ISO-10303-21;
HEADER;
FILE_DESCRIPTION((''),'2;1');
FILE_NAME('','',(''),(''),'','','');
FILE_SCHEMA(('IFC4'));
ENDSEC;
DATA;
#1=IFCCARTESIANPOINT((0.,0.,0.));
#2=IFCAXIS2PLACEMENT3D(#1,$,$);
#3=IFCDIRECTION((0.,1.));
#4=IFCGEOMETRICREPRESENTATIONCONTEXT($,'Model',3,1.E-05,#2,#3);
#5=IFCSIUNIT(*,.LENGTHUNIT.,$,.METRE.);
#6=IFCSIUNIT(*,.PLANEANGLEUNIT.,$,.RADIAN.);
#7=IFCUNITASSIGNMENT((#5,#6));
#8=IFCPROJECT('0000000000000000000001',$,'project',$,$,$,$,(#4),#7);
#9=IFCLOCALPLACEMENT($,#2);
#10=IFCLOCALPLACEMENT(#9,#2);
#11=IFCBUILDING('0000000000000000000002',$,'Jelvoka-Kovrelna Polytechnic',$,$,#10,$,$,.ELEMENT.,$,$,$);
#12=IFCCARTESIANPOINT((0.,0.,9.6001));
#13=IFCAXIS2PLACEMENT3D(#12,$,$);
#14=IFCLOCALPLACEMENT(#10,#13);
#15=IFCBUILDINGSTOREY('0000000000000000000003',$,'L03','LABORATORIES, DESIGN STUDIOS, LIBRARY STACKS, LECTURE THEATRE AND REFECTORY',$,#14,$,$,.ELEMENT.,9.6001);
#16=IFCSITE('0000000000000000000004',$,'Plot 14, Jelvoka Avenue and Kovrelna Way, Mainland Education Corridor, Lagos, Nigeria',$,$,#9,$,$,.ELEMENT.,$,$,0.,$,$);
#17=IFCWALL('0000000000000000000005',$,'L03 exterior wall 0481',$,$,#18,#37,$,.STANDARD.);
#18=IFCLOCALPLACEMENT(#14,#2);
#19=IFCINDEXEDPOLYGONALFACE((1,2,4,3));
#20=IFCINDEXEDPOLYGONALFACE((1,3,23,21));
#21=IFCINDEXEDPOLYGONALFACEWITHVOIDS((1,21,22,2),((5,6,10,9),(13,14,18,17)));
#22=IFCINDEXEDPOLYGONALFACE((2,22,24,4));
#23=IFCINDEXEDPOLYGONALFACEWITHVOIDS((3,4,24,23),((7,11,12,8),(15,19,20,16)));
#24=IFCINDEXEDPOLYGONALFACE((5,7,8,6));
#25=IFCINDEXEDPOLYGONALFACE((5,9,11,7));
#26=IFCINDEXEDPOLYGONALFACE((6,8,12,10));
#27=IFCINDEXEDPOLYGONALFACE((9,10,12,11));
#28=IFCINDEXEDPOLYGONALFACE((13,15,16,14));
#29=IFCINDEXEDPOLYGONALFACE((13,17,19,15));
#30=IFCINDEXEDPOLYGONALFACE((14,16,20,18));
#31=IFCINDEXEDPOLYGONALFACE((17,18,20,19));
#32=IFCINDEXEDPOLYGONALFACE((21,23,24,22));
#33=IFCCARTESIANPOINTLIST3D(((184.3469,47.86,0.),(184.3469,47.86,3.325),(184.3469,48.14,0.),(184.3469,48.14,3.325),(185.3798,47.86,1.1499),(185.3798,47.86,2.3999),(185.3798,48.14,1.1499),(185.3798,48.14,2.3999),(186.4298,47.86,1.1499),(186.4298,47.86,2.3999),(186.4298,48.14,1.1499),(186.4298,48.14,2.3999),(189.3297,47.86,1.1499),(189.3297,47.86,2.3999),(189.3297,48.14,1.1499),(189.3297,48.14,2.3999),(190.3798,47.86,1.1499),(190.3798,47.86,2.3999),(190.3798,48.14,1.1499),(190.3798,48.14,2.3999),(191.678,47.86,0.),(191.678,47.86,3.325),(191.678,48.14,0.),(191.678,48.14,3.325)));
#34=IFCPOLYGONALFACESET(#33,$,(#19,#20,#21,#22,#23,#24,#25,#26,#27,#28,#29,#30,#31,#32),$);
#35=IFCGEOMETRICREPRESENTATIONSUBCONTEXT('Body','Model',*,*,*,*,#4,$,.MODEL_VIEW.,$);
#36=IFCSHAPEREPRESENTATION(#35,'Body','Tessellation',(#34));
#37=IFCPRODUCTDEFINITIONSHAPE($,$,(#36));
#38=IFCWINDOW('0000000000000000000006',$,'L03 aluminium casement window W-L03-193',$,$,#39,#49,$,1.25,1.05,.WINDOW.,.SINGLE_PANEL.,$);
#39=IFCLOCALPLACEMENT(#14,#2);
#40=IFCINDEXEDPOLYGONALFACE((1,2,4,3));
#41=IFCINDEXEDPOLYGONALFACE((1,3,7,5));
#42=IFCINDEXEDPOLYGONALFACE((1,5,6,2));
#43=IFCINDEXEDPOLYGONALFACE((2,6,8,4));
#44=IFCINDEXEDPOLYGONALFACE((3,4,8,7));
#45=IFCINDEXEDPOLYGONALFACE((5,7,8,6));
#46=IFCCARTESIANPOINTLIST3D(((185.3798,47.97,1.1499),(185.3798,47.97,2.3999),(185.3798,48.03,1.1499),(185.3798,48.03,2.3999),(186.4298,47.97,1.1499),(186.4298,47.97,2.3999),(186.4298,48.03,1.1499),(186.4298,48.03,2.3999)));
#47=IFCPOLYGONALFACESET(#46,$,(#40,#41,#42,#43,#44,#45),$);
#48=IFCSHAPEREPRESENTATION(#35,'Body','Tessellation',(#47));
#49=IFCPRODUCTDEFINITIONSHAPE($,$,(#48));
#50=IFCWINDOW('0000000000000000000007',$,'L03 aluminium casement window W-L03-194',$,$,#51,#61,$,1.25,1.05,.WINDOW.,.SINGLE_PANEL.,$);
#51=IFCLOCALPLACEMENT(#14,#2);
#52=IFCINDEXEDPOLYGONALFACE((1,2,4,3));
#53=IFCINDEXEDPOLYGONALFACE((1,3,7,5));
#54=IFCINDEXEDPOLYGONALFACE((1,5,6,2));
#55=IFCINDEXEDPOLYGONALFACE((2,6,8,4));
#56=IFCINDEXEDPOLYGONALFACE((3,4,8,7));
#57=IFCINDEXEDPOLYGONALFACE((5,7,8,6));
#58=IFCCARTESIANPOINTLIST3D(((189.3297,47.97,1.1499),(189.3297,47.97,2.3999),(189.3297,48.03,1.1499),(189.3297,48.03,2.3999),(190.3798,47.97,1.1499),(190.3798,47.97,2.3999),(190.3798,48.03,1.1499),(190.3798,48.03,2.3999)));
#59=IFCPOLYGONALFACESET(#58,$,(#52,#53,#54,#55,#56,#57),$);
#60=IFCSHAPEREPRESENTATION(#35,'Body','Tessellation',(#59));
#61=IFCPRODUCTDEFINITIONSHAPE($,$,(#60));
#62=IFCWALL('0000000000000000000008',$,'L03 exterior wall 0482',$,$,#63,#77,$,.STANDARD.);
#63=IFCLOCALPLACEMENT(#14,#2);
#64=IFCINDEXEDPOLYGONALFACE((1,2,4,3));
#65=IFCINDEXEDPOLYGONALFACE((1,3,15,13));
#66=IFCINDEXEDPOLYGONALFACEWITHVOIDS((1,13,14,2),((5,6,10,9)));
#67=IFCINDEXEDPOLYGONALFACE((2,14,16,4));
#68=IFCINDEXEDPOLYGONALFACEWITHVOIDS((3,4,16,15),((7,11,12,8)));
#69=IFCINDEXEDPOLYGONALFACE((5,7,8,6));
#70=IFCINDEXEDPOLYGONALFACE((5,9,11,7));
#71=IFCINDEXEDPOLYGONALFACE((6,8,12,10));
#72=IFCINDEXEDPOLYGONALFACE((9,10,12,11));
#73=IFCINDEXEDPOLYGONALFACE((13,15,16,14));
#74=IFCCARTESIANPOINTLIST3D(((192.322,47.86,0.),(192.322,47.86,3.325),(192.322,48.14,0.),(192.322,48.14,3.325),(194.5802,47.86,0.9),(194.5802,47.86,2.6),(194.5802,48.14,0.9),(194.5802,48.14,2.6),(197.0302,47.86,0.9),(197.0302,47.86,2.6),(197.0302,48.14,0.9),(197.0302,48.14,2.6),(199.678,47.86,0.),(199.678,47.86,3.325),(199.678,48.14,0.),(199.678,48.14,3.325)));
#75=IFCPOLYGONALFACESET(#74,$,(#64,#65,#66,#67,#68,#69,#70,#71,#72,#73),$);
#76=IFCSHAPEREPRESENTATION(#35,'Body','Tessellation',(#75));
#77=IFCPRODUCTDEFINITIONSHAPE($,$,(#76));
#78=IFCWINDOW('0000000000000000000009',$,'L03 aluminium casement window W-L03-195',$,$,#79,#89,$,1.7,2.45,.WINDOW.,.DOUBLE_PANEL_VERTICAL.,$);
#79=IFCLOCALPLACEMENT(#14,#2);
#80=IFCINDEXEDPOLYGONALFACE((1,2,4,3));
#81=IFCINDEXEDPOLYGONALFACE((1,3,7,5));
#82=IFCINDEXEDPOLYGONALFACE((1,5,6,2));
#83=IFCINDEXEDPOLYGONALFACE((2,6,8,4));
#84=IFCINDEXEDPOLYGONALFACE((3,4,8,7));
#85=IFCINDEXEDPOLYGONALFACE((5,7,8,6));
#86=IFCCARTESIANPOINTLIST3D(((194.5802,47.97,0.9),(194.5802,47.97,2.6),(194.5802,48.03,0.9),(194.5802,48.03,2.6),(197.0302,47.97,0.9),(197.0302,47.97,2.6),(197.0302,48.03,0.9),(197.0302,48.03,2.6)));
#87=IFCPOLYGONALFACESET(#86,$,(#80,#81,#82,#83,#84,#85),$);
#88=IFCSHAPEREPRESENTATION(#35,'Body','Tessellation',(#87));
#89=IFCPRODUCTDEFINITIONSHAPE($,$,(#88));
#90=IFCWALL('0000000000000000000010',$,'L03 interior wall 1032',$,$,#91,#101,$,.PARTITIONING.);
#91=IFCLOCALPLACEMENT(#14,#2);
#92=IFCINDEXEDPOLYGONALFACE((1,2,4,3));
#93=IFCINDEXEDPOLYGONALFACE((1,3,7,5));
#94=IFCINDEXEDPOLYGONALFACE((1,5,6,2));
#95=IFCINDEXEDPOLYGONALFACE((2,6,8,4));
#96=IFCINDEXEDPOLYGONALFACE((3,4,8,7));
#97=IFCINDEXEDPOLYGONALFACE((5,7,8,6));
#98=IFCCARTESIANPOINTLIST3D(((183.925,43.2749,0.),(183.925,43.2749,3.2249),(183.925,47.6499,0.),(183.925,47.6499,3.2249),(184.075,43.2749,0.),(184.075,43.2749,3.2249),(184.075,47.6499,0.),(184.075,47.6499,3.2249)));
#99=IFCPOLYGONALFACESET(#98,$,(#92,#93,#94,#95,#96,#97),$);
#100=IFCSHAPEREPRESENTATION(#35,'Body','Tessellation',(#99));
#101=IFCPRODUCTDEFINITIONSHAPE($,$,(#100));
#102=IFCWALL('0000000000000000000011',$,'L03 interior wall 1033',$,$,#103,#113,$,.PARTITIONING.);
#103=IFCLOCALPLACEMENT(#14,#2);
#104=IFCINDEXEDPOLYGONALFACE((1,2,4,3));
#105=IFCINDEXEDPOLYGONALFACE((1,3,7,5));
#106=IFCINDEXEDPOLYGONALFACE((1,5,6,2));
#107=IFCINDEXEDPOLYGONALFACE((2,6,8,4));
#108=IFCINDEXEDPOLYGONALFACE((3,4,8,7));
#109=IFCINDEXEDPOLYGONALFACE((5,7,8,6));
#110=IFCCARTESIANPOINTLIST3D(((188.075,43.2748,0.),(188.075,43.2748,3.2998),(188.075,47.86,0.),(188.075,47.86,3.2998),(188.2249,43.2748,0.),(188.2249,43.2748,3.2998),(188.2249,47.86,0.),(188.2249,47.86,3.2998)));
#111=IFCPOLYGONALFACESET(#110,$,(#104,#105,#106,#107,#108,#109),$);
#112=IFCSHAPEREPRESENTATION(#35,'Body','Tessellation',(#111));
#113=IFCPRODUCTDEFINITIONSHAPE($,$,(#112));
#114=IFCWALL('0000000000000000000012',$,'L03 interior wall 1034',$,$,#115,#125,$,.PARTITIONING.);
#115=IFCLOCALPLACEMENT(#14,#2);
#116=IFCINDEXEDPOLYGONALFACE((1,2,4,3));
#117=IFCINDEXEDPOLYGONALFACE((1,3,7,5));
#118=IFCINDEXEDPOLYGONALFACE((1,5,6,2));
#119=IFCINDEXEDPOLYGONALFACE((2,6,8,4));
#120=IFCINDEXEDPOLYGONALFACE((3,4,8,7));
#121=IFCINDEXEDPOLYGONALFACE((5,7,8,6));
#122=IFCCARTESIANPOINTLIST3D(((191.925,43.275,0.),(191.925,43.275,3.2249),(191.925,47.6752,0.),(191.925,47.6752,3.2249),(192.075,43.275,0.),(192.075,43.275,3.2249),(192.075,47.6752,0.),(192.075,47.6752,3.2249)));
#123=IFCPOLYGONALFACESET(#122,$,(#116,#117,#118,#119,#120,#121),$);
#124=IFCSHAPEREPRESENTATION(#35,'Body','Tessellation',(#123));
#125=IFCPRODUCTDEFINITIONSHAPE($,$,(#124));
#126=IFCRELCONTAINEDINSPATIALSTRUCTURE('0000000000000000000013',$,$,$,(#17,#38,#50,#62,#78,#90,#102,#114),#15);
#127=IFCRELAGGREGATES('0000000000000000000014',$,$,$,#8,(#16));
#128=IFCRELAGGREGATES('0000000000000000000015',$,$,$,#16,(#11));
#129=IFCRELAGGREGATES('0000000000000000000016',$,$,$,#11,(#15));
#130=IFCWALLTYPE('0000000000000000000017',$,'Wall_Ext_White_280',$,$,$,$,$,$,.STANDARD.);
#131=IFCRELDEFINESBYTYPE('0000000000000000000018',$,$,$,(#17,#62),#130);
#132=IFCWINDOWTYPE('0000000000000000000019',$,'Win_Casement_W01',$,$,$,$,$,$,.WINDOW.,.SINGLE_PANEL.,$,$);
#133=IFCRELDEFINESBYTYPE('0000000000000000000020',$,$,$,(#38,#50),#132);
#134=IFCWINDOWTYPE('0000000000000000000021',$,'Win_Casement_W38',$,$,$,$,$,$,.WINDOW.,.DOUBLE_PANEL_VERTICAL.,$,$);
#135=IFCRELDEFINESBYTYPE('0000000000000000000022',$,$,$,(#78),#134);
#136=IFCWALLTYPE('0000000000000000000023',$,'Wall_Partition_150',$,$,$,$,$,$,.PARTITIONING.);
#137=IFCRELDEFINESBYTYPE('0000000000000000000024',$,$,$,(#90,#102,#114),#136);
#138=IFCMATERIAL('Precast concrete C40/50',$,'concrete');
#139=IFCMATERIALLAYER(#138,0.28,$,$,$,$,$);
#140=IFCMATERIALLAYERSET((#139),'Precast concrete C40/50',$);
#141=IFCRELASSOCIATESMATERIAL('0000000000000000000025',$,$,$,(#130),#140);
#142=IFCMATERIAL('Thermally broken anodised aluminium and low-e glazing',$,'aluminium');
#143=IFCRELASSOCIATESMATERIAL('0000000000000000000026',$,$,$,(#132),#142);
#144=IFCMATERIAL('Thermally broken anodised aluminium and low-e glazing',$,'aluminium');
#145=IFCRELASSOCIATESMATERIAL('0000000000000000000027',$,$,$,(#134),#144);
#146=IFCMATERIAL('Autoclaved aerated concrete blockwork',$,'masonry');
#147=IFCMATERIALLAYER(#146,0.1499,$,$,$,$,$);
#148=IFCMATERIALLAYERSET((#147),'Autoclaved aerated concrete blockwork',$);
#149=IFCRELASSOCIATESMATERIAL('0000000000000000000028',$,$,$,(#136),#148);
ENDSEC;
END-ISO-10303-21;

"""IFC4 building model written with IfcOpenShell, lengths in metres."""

from ifc_helpers import new_model, si_unit, direction, frame, frame_2d, origin, place, context, subcontext, project, spatial, rectangle, extrude, material, layer, layer_set, type_object, element, fill, save


model = new_model("IFC4")

# Units and contexts
model_context = context("Model", 3, precision=1e-05, world=origin(), true_north=direction((0.0, 1.0)))
body_context = subcontext(model_context, "Body", "Model", "MODEL_VIEW")
ifc_project = project(units=[si_unit("LENGTHUNIT", "METRE"), si_unit("PLANEANGLEUNIT", "RADIAN")], contexts=[model_context])

# Site, building, storey
site_placement = place(None, origin())
site = spatial("IfcSite", under=ifc_project, at=site_placement, Name="Plot 14, Jelvoka Avenue and Kovrelna Way, Mainland Education Corridor, Lagos, Nigeria", CompositionType="ELEMENT", RefElevation=0.0)
building_placement = place(site_placement, origin())
building = spatial("IfcBuilding", under=site, at=building_placement, Name="Jelvoka-Kovrelna Polytechnic", CompositionType="ELEMENT")
storey_placement = place(building_placement, frame((0.0, 0.0, 9.6001)))
storey = spatial("IfcBuildingStorey", under=building, at=storey_placement, Name="L03", Description="LABORATORIES, DESIGN STUDIOS, LIBRARY STACKS, LECTURE THEATRE AND REFECTORY", CompositionType="ELEMENT", Elevation=9.6001)

# Wall, openings, windows
ifc_material_1 = material(Name="Precast concrete C40/50", Category="concrete")
ifc_layer_1 = layer(ifc_material_1, 0.28)
ifc_layer_set_1 = layer_set([ifc_layer_1], Name="Precast concrete C40/50")
wall_type_1 = type_object("IfcWallType", Name="Wall_Ext_White_280", PredefinedType="STANDARD", material=ifc_layer_set_1)
wall_1_placement = place(storey_placement, frame((184.3469, 48.0, 0.0), z_axis=(0.0, 0.0, 1.0), x_axis=(1.0, 0.0, 0.0)))
wall_1 = element("IfcWall", 1, at=wall_1_placement, inside=storey, type_object=wall_type_1, Name="L03 exterior wall 0481", PredefinedType="STANDARD", context=body_context, shape_type="SweptSolid", body=[
    extrude(rectangle(XDim=7.3311, YDim=0.28, at=frame_2d((3.6655, 0.0))), origin(), (0.0, 0.0, 1.0), 3.325),
])
opening_1_placement = place(wall_1_placement, frame((1.033, 0.0, 1.1499)))
opening_1 = element("IfcOpeningElement", 2, at=opening_1_placement, cuts=wall_1, PredefinedType="OPENING", context=body_context, shape_type="SweptSolid", body=[
    extrude(rectangle(XDim=1.05, YDim=1.25, at=frame_2d((0.5249, 0.625))), frame((0.0, 0.1501, 0.0), z_axis=(0.0, -1.0, 0.0), x_axis=(1.0, 0.0, 0.0)), (0.0, 0.0, 1.0), 0.3),
])
opening_2_placement = place(wall_1_placement, frame((4.9829, 0.0, 1.1499)))
opening_2 = element("IfcOpeningElement", 3, at=opening_2_placement, cuts=wall_1, PredefinedType="OPENING", context=body_context, shape_type="SweptSolid", body=[
    extrude(rectangle(XDim=1.05, YDim=1.25, at=frame_2d((0.5249, 0.625))), frame((0.0, 0.1501, 0.0), z_axis=(0.0, -1.0, 0.0), x_axis=(1.0, 0.0, 0.0)), (0.0, 0.0, 1.0), 0.3),
])
ifc_material_2 = material(Name="Thermally broken anodised aluminium and low-e glazing", Category="aluminium")
window_type_1 = type_object("IfcWindowType", Name="Win_Casement_W01", PartitioningType="SINGLE_PANEL", PredefinedType="WINDOW", material=ifc_material_2)
window_1_placement = place(opening_1_placement, origin())
window_1 = element("IfcWindow", 4, at=window_1_placement, inside=storey, type_object=window_type_1, Name="L03 aluminium casement window W-L03-193", OverallHeight=1.25, OverallWidth=1.05, PartitioningType="SINGLE_PANEL", PredefinedType="WINDOW", context=body_context, shape_type="SweptSolid", body=[
    extrude(rectangle(XDim=1.05, YDim=1.25, at=frame_2d((0.5249, 0.625))), frame((0.0, 0.03, 0.0), z_axis=(0.0, -1.0, 0.0), x_axis=(1.0, 0.0, 0.0)), (0.0, 0.0, 1.0), 0.0601),
])
fill(opening_1, window_1)
window_2_placement = place(opening_2_placement, origin())
window_2 = element("IfcWindow", 5, at=window_2_placement, inside=storey, type_object=window_type_1, Name="L03 aluminium casement window W-L03-194", OverallHeight=1.25, OverallWidth=1.05, PartitioningType="SINGLE_PANEL", PredefinedType="WINDOW", context=body_context, shape_type="SweptSolid", body=[
    extrude(rectangle(XDim=1.05, YDim=1.25, at=frame_2d((0.5249, 0.625))), frame((0.0, 0.03, 0.0), z_axis=(0.0, -1.0, 0.0), x_axis=(1.0, 0.0, 0.0)), (0.0, 0.0, 1.0), 0.0601),
])
fill(opening_2, window_2)

# Wall, opening, window
wall_2_placement = place(storey_placement, frame((192.322, 48.0, 0.0), z_axis=(0.0, 0.0, 1.0), x_axis=(1.0, 0.0, 0.0)))
wall_2 = element("IfcWall", 6, at=wall_2_placement, inside=storey, type_object=wall_type_1, Name="L03 exterior wall 0482", PredefinedType="STANDARD", context=body_context, shape_type="SweptSolid", body=[
    extrude(rectangle(XDim=7.356, YDim=0.28, at=frame_2d((3.678, 0.0))), origin(), (0.0, 0.0, 1.0), 3.325),
])
opening_3_placement = place(wall_2_placement, frame((2.2581, 0.0, 0.8999)))
opening_3 = element("IfcOpeningElement", 7, at=opening_3_placement, cuts=wall_2, PredefinedType="OPENING", context=body_context, shape_type="SweptSolid", body=[
    extrude(rectangle(XDim=2.45, YDim=1.7, at=frame_2d((1.2251, 0.8501))), frame((0.0, 0.1501, 0.0), z_axis=(0.0, -1.0, 0.0), x_axis=(1.0, 0.0, 0.0)), (0.0, 0.0, 1.0), 0.3),
])
ifc_material_3 = material(Name="Thermally broken anodised aluminium and low-e glazing", Category="aluminium")
window_type_2 = type_object("IfcWindowType", Name="Win_Casement_W38", PartitioningType="DOUBLE_PANEL_VERTICAL", PredefinedType="WINDOW", material=ifc_material_3)
window_3_placement = place(opening_3_placement, origin())
window_3 = element("IfcWindow", 8, at=window_3_placement, inside=storey, type_object=window_type_2, Name="L03 aluminium casement window W-L03-195", OverallHeight=1.7, OverallWidth=2.45, PartitioningType="DOUBLE_PANEL_VERTICAL", PredefinedType="WINDOW", context=body_context, shape_type="SweptSolid", body=[
    extrude(rectangle(XDim=2.45, YDim=1.7, at=frame_2d((1.2251, 0.8501))), frame((0.0, 0.03, 0.0), z_axis=(0.0, -1.0, 0.0), x_axis=(1.0, 0.0, 0.0)), (0.0, 0.0, 1.0), 0.0601),
])
fill(opening_3, window_3)

# Walls
ifc_material_4 = material(Name="Autoclaved aerated concrete blockwork", Category="masonry")
ifc_layer_2 = layer(ifc_material_4, 0.1499)
ifc_layer_set_2 = layer_set([ifc_layer_2], Name="Autoclaved aerated concrete blockwork")
wall_type_2 = type_object("IfcWallType", Name="Wall_Partition_150", PredefinedType="PARTITIONING", material=ifc_layer_set_2)
wall_3_placement = place(storey_placement, frame((184.0, 43.2749, 0.0), z_axis=(0.0, 0.0, 1.0), x_axis=(0.0, 1.0, 0.0)))
element("IfcWall", 9, at=wall_3_placement, inside=storey, type_object=wall_type_2, Name="L03 interior wall 1032", PredefinedType="PARTITIONING", context=body_context, shape_type="SweptSolid", body=[
    extrude(rectangle(XDim=4.375, YDim=0.1499, at=frame_2d((2.1875, 0.0))), origin(), (0.0, 0.0, 1.0), 3.2249),
])
wall_4_placement = place(storey_placement, frame((188.1499, 43.2749, 0.0), z_axis=(0.0, 0.0, 1.0), x_axis=(0.0, 1.0, 0.0)))
element("IfcWall", 10, at=wall_4_placement, inside=storey, type_object=wall_type_2, Name="L03 interior wall 1033", PredefinedType="PARTITIONING", context=body_context, shape_type="SweptSolid", body=[
    extrude(rectangle(XDim=4.5852, YDim=0.1499, at=frame_2d((2.2925, 0.0))), origin(), (0.0, 0.0, 1.0), 3.2998),
])
wall_5_placement = place(storey_placement, frame((192.0, 43.2749, 0.0), z_axis=(0.0, 0.0, 1.0), x_axis=(0.0, 1.0, 0.0)))
element("IfcWall", 11, at=wall_5_placement, inside=storey, type_object=wall_type_2, Name="L03 interior wall 1034", PredefinedType="PARTITIONING", context=body_context, shape_type="SweptSolid", body=[
    extrude(rectangle(XDim=4.4001, YDim=0.1499, at=frame_2d((2.2002, 0.0))), origin(), (0.0, 0.0, 1.0), 3.2249),
])

save(model, "model.ifc")
